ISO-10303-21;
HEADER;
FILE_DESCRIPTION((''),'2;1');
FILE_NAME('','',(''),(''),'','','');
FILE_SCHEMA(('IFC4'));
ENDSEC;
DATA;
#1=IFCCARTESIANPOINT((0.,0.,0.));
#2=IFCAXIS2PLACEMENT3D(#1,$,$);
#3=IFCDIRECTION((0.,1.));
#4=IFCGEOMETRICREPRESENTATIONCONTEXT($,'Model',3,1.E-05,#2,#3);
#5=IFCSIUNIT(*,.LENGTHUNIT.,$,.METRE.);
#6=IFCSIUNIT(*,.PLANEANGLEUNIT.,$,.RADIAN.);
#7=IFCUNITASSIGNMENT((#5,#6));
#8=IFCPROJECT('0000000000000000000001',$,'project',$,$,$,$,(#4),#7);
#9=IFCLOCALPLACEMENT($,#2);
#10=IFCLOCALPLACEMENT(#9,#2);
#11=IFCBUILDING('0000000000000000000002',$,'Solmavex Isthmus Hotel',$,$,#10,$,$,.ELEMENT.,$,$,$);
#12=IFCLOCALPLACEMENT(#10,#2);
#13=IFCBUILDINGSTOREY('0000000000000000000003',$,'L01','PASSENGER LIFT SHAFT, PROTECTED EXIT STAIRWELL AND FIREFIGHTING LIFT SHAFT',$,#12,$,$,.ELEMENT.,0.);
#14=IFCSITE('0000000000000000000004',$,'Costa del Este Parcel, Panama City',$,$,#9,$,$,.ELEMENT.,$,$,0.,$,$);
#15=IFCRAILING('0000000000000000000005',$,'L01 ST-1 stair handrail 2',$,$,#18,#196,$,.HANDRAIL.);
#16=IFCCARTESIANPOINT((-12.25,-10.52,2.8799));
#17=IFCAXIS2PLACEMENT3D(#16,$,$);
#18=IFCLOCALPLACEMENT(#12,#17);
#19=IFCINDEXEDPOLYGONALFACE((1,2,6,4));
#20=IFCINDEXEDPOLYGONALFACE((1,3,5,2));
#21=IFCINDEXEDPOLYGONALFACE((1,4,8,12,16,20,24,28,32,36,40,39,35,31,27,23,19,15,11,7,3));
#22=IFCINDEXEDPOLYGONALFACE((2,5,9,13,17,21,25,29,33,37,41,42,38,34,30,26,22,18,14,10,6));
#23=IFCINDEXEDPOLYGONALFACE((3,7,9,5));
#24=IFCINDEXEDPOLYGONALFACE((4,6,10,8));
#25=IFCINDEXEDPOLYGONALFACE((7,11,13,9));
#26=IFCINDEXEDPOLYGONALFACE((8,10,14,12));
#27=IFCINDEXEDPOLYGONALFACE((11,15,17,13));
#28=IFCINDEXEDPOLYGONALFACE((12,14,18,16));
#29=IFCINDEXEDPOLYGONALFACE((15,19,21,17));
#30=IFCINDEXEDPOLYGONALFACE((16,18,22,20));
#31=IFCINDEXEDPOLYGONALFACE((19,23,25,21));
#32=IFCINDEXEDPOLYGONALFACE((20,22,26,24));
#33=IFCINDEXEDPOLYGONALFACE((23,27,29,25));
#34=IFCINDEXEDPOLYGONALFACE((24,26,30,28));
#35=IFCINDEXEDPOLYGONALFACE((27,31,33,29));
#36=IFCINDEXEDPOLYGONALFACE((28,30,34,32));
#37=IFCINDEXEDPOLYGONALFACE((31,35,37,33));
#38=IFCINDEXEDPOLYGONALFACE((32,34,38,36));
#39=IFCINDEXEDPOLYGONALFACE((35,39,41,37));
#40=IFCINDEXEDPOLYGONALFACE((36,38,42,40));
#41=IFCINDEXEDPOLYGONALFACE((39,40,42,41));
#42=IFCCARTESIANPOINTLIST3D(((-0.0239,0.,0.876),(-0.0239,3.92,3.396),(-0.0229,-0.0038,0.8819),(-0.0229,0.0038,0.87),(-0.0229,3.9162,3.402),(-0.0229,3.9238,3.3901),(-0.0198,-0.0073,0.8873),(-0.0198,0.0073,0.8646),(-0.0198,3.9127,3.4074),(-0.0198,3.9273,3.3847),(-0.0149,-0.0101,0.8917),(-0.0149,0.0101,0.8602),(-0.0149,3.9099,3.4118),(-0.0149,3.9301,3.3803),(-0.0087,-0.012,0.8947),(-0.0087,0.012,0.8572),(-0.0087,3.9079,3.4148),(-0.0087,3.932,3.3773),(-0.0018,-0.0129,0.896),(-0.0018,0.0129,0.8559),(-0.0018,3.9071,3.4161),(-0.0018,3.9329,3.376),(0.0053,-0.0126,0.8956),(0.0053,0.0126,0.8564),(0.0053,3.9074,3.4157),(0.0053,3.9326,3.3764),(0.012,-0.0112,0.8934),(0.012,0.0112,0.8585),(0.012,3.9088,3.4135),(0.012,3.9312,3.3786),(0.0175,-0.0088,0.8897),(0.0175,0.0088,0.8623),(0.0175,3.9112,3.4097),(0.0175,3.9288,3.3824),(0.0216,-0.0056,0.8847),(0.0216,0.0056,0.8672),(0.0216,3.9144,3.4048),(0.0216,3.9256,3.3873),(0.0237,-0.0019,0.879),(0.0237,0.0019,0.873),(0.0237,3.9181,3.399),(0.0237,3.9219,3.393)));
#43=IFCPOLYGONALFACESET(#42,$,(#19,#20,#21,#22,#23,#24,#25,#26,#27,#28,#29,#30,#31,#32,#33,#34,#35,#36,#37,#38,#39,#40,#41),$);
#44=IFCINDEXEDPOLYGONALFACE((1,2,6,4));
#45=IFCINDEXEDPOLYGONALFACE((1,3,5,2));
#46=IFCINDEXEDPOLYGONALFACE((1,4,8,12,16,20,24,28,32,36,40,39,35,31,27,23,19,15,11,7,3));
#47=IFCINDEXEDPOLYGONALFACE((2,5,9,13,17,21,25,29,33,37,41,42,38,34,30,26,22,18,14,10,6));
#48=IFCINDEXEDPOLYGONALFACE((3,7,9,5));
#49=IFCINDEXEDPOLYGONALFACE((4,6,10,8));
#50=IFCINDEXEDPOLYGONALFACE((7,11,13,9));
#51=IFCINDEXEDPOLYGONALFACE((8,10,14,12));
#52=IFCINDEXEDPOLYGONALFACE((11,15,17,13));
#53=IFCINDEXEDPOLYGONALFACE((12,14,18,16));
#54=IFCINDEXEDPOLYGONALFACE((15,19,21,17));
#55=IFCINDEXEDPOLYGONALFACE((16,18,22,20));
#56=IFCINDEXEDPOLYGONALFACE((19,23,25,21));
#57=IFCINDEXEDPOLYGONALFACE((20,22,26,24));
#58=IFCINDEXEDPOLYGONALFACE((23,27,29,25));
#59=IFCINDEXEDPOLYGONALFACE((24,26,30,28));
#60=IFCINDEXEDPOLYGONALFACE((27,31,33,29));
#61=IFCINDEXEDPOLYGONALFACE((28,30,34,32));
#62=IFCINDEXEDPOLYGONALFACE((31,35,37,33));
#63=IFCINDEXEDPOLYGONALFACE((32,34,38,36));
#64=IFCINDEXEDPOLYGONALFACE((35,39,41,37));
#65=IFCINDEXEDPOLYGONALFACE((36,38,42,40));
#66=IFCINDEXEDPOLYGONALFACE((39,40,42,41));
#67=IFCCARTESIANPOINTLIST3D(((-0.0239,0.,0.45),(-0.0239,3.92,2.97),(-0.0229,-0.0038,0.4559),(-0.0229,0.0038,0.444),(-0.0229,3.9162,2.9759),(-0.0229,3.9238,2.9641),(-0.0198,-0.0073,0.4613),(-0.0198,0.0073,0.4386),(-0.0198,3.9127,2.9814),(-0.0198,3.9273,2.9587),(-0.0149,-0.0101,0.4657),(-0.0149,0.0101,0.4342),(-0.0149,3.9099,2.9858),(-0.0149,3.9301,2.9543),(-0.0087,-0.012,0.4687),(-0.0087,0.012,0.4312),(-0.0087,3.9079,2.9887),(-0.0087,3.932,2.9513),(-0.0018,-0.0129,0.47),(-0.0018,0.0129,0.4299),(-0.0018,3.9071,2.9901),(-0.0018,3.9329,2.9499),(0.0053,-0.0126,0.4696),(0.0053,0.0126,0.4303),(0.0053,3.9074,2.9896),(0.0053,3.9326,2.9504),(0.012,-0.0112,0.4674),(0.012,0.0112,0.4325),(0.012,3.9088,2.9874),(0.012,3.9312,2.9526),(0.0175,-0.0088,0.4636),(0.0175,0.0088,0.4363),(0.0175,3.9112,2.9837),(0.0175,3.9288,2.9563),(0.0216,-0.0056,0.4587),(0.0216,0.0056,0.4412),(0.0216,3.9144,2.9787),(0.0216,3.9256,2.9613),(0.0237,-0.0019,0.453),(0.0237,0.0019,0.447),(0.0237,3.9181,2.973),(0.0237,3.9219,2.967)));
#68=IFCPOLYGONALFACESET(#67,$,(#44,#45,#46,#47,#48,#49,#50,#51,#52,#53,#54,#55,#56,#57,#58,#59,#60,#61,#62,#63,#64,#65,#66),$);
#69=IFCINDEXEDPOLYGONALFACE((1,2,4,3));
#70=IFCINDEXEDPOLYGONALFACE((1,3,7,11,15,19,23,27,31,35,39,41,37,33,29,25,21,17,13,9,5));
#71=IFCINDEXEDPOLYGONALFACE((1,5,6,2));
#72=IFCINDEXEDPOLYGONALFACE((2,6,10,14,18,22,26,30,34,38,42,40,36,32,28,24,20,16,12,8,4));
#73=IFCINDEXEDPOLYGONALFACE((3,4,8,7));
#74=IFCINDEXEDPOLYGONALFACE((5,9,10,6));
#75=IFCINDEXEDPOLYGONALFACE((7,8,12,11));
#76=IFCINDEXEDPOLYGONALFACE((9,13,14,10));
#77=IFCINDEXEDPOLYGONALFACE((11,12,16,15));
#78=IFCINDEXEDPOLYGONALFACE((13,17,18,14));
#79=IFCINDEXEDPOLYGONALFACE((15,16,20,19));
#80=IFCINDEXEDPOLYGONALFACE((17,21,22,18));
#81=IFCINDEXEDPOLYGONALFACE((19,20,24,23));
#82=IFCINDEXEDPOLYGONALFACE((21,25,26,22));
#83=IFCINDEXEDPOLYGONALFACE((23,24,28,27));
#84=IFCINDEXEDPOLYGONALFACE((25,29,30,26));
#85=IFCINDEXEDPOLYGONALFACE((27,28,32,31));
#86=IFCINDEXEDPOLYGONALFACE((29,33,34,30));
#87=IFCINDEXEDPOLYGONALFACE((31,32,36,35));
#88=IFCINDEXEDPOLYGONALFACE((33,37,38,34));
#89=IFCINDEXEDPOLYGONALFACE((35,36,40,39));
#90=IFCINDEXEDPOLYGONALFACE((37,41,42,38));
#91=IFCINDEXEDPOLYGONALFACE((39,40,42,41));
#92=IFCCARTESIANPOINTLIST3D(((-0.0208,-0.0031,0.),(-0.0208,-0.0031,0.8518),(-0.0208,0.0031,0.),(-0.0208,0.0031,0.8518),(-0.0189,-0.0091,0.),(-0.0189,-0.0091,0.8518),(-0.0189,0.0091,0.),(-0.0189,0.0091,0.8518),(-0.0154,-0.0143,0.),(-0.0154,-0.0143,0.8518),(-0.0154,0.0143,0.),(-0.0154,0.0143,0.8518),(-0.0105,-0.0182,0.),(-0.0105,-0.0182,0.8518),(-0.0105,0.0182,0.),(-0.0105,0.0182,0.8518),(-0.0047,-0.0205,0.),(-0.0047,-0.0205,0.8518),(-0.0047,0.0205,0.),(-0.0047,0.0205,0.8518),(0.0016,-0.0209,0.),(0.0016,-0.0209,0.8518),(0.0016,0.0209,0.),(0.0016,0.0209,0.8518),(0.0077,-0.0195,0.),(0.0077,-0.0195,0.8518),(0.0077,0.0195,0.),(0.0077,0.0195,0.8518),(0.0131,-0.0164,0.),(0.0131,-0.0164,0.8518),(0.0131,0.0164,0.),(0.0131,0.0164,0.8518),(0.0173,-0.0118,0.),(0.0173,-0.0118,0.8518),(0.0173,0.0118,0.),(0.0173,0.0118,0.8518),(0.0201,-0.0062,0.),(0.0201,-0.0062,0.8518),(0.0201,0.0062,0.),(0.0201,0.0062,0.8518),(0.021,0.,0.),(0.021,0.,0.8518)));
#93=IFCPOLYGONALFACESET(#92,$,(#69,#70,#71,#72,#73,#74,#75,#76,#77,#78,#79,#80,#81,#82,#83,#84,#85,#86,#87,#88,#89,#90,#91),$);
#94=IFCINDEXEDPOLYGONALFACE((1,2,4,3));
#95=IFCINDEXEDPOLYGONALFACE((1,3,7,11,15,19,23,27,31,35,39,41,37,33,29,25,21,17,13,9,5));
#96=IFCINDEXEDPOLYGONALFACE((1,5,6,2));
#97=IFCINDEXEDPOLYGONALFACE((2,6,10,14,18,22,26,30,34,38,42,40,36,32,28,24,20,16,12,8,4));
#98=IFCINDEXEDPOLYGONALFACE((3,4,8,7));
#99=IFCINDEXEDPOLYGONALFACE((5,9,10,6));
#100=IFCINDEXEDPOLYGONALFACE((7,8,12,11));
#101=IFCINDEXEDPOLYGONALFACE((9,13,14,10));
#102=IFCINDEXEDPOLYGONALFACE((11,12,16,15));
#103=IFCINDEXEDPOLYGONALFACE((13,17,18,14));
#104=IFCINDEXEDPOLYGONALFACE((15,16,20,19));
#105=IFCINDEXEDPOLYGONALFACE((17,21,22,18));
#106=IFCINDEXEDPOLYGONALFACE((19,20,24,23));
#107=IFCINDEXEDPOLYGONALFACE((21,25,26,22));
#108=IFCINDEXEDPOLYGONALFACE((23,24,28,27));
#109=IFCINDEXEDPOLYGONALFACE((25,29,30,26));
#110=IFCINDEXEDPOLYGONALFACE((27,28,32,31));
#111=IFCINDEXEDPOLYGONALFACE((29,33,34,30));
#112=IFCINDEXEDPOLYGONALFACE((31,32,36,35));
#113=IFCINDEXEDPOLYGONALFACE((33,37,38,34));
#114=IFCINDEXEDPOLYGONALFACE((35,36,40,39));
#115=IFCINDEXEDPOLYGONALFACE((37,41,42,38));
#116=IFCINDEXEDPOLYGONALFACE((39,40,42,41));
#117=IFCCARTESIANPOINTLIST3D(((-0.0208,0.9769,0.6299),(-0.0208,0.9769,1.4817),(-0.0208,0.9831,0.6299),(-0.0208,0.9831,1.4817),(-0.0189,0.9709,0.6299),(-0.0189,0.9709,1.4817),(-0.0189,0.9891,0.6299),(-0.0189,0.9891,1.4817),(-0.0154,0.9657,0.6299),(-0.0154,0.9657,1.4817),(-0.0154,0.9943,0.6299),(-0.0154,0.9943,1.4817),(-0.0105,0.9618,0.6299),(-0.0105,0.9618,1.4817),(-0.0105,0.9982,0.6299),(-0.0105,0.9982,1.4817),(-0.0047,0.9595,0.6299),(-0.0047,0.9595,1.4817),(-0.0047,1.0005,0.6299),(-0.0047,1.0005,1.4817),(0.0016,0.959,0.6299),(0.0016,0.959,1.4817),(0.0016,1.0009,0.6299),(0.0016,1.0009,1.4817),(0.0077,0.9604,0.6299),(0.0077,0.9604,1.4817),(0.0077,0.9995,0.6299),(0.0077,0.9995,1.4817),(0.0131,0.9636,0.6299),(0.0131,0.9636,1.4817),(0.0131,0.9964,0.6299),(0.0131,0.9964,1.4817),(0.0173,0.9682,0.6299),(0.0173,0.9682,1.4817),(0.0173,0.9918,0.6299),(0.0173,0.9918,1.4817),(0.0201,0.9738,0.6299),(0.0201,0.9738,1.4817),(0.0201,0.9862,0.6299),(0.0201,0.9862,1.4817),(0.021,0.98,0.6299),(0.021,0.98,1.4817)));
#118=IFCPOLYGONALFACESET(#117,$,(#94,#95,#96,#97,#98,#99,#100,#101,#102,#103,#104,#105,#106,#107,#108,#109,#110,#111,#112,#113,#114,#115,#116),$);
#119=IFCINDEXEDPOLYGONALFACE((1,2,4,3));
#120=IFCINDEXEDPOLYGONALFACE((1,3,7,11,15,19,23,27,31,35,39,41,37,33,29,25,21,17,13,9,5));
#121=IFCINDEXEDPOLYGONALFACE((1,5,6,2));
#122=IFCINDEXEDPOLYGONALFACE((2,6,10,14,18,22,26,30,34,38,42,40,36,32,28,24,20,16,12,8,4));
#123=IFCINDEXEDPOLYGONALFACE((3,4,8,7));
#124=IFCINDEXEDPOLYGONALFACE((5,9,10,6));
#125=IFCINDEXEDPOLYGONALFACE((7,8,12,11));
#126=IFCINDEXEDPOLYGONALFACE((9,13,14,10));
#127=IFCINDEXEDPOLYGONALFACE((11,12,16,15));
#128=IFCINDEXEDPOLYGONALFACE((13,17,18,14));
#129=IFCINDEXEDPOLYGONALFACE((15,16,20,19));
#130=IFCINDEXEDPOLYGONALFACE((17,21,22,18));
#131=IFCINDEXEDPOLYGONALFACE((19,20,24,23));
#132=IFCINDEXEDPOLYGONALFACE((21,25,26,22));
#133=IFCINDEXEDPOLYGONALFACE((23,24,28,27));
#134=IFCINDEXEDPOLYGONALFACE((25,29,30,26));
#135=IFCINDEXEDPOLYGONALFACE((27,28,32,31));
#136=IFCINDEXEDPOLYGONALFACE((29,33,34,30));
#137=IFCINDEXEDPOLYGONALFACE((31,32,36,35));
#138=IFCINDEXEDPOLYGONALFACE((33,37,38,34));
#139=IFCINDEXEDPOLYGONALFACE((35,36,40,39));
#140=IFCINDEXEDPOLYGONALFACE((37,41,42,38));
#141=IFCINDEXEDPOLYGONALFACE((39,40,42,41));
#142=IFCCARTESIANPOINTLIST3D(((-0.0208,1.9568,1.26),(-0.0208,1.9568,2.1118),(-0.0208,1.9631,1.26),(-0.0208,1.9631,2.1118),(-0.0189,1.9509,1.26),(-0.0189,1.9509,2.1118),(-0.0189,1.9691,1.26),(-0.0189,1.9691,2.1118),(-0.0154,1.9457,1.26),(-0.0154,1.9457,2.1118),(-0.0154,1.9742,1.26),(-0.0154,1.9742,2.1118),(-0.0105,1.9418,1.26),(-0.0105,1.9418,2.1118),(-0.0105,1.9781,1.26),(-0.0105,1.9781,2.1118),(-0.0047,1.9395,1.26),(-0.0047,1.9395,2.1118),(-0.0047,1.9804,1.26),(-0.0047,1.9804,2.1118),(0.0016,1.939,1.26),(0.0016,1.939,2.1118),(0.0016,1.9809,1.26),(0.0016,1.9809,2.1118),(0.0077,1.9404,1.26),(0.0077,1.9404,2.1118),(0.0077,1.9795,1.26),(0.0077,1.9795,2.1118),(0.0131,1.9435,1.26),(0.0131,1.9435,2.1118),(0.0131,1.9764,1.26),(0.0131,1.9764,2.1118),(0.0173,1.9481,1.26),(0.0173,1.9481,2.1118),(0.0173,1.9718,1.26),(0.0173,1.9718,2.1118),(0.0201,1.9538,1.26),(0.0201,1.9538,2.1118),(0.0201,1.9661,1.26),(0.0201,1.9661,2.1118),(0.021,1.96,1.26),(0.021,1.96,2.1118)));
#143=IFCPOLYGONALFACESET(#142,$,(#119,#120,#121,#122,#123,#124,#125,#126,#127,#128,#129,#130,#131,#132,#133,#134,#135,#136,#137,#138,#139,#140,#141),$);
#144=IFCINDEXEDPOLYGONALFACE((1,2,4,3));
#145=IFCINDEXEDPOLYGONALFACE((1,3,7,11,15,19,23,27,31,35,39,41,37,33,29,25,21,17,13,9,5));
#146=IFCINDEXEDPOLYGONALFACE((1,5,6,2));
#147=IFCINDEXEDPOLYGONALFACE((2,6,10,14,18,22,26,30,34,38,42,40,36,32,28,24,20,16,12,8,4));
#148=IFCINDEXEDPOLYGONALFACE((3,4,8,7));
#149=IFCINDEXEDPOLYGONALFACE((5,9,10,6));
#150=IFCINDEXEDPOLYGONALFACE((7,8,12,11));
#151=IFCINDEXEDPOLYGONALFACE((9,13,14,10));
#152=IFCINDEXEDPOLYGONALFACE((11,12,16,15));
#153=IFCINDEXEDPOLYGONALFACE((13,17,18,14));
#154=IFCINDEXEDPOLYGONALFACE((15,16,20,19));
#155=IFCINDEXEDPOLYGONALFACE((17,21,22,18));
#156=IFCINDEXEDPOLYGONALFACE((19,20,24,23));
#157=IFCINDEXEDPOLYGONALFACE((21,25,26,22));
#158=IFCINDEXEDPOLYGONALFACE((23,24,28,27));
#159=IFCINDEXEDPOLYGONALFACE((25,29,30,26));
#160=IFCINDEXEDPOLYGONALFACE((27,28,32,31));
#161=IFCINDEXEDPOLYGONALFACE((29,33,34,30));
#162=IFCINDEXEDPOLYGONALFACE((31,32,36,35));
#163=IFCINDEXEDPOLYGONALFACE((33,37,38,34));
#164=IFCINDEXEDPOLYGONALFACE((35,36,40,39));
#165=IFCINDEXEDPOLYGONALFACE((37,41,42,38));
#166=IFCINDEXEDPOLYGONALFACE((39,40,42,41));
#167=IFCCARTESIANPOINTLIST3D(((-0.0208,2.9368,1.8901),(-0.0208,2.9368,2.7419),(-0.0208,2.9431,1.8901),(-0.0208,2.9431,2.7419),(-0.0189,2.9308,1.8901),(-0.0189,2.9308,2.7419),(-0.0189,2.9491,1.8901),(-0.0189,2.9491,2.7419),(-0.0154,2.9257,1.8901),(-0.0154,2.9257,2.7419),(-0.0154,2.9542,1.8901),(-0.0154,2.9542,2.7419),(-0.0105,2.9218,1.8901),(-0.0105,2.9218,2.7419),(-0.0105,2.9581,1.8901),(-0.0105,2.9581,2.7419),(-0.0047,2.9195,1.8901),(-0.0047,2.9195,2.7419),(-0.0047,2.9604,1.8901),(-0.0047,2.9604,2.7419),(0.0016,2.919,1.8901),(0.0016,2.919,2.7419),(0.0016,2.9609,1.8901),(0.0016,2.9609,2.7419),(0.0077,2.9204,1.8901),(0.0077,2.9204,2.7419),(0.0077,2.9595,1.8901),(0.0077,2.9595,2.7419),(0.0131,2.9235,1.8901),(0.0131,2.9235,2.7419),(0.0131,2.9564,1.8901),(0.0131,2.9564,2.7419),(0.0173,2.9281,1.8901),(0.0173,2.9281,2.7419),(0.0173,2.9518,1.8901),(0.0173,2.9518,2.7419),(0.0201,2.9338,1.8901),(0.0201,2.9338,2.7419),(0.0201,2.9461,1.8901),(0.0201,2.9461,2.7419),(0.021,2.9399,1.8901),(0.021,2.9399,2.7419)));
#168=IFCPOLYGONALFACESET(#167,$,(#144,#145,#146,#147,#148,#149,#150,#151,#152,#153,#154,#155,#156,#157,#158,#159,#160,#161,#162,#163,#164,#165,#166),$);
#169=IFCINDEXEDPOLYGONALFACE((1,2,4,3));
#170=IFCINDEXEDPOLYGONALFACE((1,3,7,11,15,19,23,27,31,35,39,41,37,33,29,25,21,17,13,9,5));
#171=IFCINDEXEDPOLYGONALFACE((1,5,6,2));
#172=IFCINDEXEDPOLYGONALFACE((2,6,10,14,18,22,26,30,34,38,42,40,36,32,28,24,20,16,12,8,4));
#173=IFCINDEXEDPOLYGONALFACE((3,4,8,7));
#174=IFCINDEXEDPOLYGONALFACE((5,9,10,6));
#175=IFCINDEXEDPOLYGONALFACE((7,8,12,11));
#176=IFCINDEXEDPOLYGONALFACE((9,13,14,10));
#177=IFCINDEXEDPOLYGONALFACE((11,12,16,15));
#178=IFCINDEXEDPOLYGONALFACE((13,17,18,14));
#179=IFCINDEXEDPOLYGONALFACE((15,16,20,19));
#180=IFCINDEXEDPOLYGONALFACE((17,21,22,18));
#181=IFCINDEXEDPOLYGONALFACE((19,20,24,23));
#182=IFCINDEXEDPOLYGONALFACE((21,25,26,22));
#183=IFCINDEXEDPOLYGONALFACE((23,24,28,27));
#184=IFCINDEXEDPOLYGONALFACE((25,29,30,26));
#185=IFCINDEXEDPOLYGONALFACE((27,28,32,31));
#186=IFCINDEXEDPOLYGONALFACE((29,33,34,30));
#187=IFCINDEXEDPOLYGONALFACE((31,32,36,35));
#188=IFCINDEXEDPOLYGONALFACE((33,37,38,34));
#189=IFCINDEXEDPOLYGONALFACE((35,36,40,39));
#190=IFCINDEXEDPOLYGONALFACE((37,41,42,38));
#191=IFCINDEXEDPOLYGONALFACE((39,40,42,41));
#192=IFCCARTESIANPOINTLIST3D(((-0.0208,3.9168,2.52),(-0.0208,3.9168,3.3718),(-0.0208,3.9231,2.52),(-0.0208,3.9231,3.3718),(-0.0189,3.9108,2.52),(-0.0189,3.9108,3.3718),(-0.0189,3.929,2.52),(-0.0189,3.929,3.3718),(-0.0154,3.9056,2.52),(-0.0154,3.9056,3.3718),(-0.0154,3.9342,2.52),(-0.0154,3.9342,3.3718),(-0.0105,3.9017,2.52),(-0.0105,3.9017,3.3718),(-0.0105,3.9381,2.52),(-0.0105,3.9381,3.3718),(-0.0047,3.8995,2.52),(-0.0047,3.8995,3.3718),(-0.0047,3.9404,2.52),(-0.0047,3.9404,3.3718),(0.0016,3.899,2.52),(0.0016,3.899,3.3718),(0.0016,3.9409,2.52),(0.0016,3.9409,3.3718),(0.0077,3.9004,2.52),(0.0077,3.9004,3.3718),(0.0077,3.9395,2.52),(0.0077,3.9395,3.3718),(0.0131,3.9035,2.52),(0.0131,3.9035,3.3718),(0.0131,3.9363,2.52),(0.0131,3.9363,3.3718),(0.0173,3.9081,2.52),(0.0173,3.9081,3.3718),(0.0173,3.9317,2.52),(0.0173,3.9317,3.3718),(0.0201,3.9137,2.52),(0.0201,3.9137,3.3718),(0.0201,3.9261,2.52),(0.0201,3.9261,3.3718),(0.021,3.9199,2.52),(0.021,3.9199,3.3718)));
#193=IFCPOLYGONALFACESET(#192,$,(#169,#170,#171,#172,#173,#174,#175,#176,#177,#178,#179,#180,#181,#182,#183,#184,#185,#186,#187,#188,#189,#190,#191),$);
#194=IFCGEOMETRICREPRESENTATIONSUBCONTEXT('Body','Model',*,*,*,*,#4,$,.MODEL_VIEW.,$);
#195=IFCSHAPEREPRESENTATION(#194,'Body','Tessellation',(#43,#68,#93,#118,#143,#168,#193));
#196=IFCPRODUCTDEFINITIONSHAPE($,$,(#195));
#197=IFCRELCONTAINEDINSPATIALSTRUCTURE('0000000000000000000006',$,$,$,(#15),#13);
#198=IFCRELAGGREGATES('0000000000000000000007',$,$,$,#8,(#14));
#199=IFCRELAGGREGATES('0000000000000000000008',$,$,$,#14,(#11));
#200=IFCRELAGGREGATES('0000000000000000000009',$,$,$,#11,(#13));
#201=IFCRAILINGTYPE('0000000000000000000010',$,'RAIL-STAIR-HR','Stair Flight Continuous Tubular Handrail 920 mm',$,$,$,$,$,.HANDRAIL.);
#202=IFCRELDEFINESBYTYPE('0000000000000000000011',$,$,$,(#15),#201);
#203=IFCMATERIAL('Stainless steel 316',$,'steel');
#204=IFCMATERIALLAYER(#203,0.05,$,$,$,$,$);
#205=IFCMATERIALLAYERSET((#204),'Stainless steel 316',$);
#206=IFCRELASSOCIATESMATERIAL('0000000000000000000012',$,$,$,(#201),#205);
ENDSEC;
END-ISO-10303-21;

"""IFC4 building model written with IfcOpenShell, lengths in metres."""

from ifc_helpers import new_model, si_unit, direction, frame, origin, origin_2d, place, context, subcontext, project, spatial, circle, extrude, material, layer, layer_set, type_object, element, save


model = new_model("IFC4")

# Units and contexts
model_context = context("Model", 3, precision=1e-05, world=origin(), true_north=direction((0.0, 1.0)))
body_context = subcontext(model_context, "Body", "Model", "MODEL_VIEW")
ifc_project = project(units=[si_unit("LENGTHUNIT", "METRE"), si_unit("PLANEANGLEUNIT", "RADIAN")], contexts=[model_context])

# Site, building, storey
site_placement = place(None, origin())
site = spatial("IfcSite", under=ifc_project, at=site_placement, Name="Costa del Este Parcel, Panama City", CompositionType="ELEMENT", RefElevation=0.0)
building_placement = place(site_placement, origin())
building = spatial("IfcBuilding", under=site, at=building_placement, Name="Solmavex Isthmus Hotel", CompositionType="ELEMENT")
storey_placement = place(building_placement, origin())
storey = spatial("IfcBuildingStorey", under=building, at=storey_placement, Name="L01", Description="PASSENGER LIFT SHAFT, PROTECTED EXIT STAIRWELL AND FIREFIGHTING LIFT SHAFT", CompositionType="ELEMENT", Elevation=0.0)

# Shared definitions
ifc_material_1 = material(Name="Stainless steel 316", Category="steel")

# Railing
ifc_layer_1 = layer(ifc_material_1, 0.05)
ifc_layer_set_1 = layer_set([ifc_layer_1], Name="Stainless steel 316")
railing_type_1 = type_object("IfcRailingType", Name="RAIL-STAIR-HR", Description="Stair Flight Continuous Tubular Handrail 920 mm", PredefinedType="HANDRAIL", material=ifc_layer_set_1)
railing_1_placement = place(storey_placement, frame((-12.25, -10.52, 2.8799)))
element("IfcRailing", 1, at=railing_1_placement, inside=storey, type_object=railing_type_1, Name="L01 ST-1 stair handrail 2", PredefinedType="HANDRAIL", context=body_context, shape_type="SweptSolid", body=[
    extrude(circle(Radius=0.0239, at=origin_2d()), frame((0.0, 0.0, 0.876), z_axis=(0.0, 0.841172, 0.540768), x_axis=(-1.0, 0.0, 0.0)), (0.0, 0.0, 1.0), 4.6602),
    extrude(circle(Radius=0.0239, at=origin_2d()), frame((0.0, 0.0, 0.45), z_axis=(0.0, 0.841172, 0.540768), x_axis=(-1.0, 0.0, 0.0)), (0.0, 0.0, 1.0), 4.6602),
    extrude(circle(Radius=0.021, at=origin_2d()), origin(), (0.0, 0.0, 1.0), 0.8518),
    extrude(circle(Radius=0.021, at=origin_2d()), frame((0.0, 0.98, 0.6299)), (0.0, 0.0, 1.0), 0.8518),
    extrude(circle(Radius=0.021, at=origin_2d()), frame((0.0, 1.96, 1.26)), (0.0, 0.0, 1.0), 0.8518),
    extrude(circle(Radius=0.021, at=origin_2d()), frame((0.0, 2.9399, 1.8901)), (0.0, 0.0, 1.0), 0.8518),
    extrude(circle(Radius=0.021, at=origin_2d()), frame((0.0, 3.9199, 2.52)), (0.0, 0.0, 1.0), 0.8518),
])

save(model, "model.ifc")
